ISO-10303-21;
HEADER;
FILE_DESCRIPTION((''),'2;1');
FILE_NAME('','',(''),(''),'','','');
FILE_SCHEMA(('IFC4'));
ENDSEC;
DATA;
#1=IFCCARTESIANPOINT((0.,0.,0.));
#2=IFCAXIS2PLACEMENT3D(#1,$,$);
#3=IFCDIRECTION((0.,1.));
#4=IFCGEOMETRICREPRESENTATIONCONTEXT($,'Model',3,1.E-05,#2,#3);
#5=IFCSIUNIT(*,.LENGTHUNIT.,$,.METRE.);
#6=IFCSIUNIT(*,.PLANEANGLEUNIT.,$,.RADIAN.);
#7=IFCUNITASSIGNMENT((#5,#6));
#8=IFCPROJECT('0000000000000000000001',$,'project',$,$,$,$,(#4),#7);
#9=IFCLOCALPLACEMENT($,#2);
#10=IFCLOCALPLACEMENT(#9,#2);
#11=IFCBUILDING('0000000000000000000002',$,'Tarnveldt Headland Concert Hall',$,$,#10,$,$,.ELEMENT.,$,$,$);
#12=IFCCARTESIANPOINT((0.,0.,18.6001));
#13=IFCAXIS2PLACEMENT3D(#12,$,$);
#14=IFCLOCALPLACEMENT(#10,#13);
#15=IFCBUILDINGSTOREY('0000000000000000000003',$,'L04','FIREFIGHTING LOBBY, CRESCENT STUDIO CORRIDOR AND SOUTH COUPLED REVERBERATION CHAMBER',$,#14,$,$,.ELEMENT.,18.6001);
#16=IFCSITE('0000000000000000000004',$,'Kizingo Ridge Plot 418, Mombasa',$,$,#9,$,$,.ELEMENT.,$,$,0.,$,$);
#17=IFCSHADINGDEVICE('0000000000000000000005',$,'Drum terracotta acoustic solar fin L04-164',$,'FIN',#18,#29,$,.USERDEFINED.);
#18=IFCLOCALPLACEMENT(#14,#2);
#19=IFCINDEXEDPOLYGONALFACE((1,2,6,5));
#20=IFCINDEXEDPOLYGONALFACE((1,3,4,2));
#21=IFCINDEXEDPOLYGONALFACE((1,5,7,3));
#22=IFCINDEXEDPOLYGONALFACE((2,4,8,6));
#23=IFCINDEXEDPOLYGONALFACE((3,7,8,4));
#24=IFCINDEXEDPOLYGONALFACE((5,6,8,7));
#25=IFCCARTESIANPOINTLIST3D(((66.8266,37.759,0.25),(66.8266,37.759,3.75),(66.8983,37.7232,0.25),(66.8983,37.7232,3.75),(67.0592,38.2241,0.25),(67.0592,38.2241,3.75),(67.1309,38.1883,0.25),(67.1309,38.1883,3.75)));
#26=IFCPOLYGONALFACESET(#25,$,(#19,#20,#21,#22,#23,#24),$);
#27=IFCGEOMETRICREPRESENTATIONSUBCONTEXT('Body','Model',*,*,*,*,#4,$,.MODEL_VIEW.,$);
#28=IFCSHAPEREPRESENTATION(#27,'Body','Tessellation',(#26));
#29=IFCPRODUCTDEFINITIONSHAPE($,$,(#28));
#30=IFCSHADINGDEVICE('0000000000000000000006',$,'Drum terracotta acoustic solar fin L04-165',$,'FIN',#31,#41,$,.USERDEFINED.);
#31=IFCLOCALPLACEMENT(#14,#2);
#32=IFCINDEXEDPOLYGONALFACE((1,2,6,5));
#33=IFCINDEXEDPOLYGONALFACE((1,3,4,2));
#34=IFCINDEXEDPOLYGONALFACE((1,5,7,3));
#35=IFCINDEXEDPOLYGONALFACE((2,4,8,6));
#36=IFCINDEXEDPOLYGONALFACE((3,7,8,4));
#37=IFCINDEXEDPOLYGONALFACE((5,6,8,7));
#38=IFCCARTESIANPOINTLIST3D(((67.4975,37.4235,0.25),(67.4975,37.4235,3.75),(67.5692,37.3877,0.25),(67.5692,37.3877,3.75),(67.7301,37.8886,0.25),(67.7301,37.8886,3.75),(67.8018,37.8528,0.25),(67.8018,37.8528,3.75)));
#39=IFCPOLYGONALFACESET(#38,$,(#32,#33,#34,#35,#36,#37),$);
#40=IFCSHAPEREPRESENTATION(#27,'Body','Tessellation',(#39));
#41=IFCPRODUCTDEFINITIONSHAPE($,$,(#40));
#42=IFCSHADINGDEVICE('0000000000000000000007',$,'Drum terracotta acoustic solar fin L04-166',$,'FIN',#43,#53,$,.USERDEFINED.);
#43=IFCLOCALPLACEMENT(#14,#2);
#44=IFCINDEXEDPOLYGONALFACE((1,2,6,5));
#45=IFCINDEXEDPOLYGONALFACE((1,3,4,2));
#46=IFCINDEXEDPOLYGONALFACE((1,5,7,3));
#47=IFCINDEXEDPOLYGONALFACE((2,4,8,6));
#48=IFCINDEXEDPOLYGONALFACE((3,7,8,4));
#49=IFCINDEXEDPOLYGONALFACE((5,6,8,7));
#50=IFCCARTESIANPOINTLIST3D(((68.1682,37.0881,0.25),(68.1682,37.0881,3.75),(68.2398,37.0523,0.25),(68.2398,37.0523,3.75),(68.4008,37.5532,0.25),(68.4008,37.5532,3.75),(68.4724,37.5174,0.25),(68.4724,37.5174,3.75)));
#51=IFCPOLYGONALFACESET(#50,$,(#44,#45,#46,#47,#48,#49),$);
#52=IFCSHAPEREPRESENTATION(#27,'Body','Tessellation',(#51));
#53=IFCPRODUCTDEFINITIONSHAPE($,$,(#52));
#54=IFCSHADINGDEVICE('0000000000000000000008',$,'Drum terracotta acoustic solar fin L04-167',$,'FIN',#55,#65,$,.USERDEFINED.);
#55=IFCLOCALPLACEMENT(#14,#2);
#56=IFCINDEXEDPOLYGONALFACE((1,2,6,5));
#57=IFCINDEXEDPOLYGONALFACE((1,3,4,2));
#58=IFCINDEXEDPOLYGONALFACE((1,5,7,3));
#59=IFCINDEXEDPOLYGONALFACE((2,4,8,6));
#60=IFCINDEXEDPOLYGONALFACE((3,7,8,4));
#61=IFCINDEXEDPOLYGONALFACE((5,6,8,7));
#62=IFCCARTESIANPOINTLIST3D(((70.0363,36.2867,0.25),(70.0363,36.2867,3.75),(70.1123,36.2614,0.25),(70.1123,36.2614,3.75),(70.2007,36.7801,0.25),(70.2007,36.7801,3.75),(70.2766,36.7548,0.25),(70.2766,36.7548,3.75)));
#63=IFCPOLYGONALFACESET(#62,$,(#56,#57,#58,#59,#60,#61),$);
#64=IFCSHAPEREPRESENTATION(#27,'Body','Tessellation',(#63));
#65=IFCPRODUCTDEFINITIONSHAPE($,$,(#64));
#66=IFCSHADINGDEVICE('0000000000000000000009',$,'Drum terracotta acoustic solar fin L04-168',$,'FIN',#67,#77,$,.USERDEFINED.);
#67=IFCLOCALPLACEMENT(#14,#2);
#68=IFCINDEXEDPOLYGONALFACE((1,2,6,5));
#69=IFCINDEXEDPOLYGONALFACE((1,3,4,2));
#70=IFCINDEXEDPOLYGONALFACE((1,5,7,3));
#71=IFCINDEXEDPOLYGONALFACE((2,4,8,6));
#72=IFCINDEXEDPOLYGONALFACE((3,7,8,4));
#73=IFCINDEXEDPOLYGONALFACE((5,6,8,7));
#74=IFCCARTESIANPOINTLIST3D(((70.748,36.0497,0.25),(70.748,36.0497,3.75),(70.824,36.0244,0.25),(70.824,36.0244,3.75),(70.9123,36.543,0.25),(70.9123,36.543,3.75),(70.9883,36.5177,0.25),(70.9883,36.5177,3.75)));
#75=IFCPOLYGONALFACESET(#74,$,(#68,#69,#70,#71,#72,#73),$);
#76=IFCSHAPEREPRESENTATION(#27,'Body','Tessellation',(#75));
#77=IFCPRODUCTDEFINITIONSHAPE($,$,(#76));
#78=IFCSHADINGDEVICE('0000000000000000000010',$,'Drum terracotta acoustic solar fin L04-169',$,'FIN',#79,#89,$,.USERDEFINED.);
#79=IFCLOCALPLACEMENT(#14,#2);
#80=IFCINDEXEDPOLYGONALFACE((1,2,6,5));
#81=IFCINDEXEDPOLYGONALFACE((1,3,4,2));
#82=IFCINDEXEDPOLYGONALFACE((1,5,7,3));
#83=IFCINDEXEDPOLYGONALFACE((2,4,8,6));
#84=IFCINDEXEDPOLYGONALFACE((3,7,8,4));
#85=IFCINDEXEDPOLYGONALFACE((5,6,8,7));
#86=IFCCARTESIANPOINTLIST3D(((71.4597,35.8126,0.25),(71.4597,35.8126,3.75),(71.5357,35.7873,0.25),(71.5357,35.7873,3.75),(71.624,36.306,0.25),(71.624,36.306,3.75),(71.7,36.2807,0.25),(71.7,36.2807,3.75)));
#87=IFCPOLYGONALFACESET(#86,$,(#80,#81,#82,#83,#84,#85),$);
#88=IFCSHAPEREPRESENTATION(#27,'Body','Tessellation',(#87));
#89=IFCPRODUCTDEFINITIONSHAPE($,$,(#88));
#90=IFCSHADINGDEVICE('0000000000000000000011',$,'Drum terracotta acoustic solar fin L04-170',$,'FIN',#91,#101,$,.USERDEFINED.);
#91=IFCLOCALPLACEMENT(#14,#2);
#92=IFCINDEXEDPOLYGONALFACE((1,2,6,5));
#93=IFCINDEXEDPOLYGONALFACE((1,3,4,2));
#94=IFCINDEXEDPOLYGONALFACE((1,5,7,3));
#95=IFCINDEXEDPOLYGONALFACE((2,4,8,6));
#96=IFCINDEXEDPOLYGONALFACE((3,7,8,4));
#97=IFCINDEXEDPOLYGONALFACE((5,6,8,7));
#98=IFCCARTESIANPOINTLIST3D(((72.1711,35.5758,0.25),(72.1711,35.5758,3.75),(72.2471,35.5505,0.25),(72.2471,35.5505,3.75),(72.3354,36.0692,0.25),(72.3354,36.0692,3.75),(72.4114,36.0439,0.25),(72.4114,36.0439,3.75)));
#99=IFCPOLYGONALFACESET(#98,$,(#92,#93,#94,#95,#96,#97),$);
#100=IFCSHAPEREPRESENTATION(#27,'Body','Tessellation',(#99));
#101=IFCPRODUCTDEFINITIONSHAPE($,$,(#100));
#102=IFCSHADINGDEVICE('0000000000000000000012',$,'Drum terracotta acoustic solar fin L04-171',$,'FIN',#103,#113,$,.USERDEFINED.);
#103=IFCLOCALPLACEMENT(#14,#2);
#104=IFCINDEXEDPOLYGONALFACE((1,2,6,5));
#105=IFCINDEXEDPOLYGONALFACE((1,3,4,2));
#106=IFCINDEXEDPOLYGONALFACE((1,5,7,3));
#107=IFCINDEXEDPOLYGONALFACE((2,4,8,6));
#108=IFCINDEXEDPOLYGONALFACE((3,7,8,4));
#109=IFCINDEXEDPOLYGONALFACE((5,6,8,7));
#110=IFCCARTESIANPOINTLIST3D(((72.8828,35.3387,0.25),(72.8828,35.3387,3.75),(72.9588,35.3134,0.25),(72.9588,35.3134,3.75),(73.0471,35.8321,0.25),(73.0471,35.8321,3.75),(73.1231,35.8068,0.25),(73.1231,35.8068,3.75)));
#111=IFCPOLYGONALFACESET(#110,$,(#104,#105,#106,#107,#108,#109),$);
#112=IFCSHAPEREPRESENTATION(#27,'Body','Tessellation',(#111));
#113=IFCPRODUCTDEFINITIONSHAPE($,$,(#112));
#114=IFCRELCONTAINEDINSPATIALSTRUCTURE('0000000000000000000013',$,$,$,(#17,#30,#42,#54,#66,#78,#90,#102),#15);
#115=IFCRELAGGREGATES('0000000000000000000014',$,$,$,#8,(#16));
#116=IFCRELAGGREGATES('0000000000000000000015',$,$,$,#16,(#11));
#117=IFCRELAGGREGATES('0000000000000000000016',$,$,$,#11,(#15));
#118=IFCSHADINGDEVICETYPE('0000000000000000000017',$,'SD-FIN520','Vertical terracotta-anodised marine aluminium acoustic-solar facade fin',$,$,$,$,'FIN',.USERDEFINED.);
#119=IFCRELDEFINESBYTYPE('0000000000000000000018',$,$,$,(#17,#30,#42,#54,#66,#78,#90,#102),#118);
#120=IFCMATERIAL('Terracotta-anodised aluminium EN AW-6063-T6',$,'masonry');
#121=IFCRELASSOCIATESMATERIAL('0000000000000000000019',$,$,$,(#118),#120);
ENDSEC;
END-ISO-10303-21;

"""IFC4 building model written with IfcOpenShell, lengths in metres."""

from ifc_helpers import new_model, si_unit, direction, frame, origin, origin_2d, place, context, subcontext, project, spatial, rectangle, extrude, material, type_object, element, save


model = new_model("IFC4")

# Units and contexts
model_context = context("Model", 3, precision=1e-05, world=origin(), true_north=direction((0.0, 1.0)))
body_context = subcontext(model_context, "Body", "Model", "MODEL_VIEW")
ifc_project = project(units=[si_unit("LENGTHUNIT", "METRE"), si_unit("PLANEANGLEUNIT", "RADIAN")], contexts=[model_context])

# Site, building, storey
site_placement = place(None, origin())
site = spatial("IfcSite", under=ifc_project, at=site_placement, Name="Kizingo Ridge Plot 418, Mombasa", CompositionType="ELEMENT", RefElevation=0.0)
building_placement = place(site_placement, origin())
building = spatial("IfcBuilding", under=site, at=building_placement, Name="Tarnveldt Headland Concert Hall", CompositionType="ELEMENT")
storey_placement = place(building_placement, frame((0.0, 0.0, 18.6001)))
storey = spatial("IfcBuildingStorey", under=building, at=storey_placement, Name="L04", Description="FIREFIGHTING LOBBY, CRESCENT STUDIO CORRIDOR AND SOUTH COUPLED REVERBERATION CHAMBER", CompositionType="ELEMENT", Elevation=18.6001)

# Shading devices
ifc_material_1 = material(Name="Terracotta-anodised aluminium EN AW-6063-T6", Category="masonry")
shading_device_type = type_object("IfcShadingDeviceType", Name="SD-FIN520", Description="Vertical terracotta-anodised marine aluminium acoustic-solar facade fin", ElementType="FIN", PredefinedType="USERDEFINED", material=ifc_material_1)
for number, where, z_axis, x_axis, name in (
    (1, (66.9788, 37.9736, 0.25), (0.0, 0.0, 1.0), (-0.447291, -0.894389, 0.0), "Drum terracotta acoustic solar fin L04-164"),
    (2, (67.6497, 37.6382, 0.25), (0.0, 0.0, 1.0), (-0.447291, -0.894389, 0.0), "Drum terracotta acoustic solar fin L04-165"),
    (3, (68.3203, 37.3027, 0.25), (0.0, 0.0, 1.0), (-0.447291, -0.894389, 0.0), "Drum terracotta acoustic solar fin L04-166"),
    (4, (70.1565, 36.5208, 0.25), (0.0, 0.0, 1.0), (-0.31598, -0.948766, 0.0), "Drum terracotta acoustic solar fin L04-167"),
    (5, (70.8682, 36.2837, 0.25), (0.0, 0.0, 1.0), (-0.31598, -0.948766, 0.0), "Drum terracotta acoustic solar fin L04-168"),
    (6, (71.5798, 36.0466, 0.25), (0.0, 0.0, 1.0), (-0.31598, -0.948766, 0.0), "Drum terracotta acoustic solar fin L04-169"),
    (7, (72.2913, 35.8098, 0.25), (0.0, 0.0, 1.0), (-0.31598, -0.948766, 0.0), "Drum terracotta acoustic solar fin L04-170"),
    (8, (73.0029, 35.5728, 0.25), (0.0, 0.0, 1.0), (-0.31598, -0.948766, 0.0), "Drum terracotta acoustic solar fin L04-171"),
):
    element("IfcShadingDevice", number, at=place(storey_placement, frame(where, z_axis=z_axis, x_axis=x_axis)), inside=storey, type_object=shading_device_type, Name=name, ObjectType="FIN", PredefinedType="USERDEFINED", context=body_context, shape_type="SweptSolid", body=[
        extrude(rectangle(XDim=0.52, YDim=0.0801, at=origin_2d()), origin(), (0.0, 0.0, 1.0), 3.5),
    ])

save(model, "model.ifc")
